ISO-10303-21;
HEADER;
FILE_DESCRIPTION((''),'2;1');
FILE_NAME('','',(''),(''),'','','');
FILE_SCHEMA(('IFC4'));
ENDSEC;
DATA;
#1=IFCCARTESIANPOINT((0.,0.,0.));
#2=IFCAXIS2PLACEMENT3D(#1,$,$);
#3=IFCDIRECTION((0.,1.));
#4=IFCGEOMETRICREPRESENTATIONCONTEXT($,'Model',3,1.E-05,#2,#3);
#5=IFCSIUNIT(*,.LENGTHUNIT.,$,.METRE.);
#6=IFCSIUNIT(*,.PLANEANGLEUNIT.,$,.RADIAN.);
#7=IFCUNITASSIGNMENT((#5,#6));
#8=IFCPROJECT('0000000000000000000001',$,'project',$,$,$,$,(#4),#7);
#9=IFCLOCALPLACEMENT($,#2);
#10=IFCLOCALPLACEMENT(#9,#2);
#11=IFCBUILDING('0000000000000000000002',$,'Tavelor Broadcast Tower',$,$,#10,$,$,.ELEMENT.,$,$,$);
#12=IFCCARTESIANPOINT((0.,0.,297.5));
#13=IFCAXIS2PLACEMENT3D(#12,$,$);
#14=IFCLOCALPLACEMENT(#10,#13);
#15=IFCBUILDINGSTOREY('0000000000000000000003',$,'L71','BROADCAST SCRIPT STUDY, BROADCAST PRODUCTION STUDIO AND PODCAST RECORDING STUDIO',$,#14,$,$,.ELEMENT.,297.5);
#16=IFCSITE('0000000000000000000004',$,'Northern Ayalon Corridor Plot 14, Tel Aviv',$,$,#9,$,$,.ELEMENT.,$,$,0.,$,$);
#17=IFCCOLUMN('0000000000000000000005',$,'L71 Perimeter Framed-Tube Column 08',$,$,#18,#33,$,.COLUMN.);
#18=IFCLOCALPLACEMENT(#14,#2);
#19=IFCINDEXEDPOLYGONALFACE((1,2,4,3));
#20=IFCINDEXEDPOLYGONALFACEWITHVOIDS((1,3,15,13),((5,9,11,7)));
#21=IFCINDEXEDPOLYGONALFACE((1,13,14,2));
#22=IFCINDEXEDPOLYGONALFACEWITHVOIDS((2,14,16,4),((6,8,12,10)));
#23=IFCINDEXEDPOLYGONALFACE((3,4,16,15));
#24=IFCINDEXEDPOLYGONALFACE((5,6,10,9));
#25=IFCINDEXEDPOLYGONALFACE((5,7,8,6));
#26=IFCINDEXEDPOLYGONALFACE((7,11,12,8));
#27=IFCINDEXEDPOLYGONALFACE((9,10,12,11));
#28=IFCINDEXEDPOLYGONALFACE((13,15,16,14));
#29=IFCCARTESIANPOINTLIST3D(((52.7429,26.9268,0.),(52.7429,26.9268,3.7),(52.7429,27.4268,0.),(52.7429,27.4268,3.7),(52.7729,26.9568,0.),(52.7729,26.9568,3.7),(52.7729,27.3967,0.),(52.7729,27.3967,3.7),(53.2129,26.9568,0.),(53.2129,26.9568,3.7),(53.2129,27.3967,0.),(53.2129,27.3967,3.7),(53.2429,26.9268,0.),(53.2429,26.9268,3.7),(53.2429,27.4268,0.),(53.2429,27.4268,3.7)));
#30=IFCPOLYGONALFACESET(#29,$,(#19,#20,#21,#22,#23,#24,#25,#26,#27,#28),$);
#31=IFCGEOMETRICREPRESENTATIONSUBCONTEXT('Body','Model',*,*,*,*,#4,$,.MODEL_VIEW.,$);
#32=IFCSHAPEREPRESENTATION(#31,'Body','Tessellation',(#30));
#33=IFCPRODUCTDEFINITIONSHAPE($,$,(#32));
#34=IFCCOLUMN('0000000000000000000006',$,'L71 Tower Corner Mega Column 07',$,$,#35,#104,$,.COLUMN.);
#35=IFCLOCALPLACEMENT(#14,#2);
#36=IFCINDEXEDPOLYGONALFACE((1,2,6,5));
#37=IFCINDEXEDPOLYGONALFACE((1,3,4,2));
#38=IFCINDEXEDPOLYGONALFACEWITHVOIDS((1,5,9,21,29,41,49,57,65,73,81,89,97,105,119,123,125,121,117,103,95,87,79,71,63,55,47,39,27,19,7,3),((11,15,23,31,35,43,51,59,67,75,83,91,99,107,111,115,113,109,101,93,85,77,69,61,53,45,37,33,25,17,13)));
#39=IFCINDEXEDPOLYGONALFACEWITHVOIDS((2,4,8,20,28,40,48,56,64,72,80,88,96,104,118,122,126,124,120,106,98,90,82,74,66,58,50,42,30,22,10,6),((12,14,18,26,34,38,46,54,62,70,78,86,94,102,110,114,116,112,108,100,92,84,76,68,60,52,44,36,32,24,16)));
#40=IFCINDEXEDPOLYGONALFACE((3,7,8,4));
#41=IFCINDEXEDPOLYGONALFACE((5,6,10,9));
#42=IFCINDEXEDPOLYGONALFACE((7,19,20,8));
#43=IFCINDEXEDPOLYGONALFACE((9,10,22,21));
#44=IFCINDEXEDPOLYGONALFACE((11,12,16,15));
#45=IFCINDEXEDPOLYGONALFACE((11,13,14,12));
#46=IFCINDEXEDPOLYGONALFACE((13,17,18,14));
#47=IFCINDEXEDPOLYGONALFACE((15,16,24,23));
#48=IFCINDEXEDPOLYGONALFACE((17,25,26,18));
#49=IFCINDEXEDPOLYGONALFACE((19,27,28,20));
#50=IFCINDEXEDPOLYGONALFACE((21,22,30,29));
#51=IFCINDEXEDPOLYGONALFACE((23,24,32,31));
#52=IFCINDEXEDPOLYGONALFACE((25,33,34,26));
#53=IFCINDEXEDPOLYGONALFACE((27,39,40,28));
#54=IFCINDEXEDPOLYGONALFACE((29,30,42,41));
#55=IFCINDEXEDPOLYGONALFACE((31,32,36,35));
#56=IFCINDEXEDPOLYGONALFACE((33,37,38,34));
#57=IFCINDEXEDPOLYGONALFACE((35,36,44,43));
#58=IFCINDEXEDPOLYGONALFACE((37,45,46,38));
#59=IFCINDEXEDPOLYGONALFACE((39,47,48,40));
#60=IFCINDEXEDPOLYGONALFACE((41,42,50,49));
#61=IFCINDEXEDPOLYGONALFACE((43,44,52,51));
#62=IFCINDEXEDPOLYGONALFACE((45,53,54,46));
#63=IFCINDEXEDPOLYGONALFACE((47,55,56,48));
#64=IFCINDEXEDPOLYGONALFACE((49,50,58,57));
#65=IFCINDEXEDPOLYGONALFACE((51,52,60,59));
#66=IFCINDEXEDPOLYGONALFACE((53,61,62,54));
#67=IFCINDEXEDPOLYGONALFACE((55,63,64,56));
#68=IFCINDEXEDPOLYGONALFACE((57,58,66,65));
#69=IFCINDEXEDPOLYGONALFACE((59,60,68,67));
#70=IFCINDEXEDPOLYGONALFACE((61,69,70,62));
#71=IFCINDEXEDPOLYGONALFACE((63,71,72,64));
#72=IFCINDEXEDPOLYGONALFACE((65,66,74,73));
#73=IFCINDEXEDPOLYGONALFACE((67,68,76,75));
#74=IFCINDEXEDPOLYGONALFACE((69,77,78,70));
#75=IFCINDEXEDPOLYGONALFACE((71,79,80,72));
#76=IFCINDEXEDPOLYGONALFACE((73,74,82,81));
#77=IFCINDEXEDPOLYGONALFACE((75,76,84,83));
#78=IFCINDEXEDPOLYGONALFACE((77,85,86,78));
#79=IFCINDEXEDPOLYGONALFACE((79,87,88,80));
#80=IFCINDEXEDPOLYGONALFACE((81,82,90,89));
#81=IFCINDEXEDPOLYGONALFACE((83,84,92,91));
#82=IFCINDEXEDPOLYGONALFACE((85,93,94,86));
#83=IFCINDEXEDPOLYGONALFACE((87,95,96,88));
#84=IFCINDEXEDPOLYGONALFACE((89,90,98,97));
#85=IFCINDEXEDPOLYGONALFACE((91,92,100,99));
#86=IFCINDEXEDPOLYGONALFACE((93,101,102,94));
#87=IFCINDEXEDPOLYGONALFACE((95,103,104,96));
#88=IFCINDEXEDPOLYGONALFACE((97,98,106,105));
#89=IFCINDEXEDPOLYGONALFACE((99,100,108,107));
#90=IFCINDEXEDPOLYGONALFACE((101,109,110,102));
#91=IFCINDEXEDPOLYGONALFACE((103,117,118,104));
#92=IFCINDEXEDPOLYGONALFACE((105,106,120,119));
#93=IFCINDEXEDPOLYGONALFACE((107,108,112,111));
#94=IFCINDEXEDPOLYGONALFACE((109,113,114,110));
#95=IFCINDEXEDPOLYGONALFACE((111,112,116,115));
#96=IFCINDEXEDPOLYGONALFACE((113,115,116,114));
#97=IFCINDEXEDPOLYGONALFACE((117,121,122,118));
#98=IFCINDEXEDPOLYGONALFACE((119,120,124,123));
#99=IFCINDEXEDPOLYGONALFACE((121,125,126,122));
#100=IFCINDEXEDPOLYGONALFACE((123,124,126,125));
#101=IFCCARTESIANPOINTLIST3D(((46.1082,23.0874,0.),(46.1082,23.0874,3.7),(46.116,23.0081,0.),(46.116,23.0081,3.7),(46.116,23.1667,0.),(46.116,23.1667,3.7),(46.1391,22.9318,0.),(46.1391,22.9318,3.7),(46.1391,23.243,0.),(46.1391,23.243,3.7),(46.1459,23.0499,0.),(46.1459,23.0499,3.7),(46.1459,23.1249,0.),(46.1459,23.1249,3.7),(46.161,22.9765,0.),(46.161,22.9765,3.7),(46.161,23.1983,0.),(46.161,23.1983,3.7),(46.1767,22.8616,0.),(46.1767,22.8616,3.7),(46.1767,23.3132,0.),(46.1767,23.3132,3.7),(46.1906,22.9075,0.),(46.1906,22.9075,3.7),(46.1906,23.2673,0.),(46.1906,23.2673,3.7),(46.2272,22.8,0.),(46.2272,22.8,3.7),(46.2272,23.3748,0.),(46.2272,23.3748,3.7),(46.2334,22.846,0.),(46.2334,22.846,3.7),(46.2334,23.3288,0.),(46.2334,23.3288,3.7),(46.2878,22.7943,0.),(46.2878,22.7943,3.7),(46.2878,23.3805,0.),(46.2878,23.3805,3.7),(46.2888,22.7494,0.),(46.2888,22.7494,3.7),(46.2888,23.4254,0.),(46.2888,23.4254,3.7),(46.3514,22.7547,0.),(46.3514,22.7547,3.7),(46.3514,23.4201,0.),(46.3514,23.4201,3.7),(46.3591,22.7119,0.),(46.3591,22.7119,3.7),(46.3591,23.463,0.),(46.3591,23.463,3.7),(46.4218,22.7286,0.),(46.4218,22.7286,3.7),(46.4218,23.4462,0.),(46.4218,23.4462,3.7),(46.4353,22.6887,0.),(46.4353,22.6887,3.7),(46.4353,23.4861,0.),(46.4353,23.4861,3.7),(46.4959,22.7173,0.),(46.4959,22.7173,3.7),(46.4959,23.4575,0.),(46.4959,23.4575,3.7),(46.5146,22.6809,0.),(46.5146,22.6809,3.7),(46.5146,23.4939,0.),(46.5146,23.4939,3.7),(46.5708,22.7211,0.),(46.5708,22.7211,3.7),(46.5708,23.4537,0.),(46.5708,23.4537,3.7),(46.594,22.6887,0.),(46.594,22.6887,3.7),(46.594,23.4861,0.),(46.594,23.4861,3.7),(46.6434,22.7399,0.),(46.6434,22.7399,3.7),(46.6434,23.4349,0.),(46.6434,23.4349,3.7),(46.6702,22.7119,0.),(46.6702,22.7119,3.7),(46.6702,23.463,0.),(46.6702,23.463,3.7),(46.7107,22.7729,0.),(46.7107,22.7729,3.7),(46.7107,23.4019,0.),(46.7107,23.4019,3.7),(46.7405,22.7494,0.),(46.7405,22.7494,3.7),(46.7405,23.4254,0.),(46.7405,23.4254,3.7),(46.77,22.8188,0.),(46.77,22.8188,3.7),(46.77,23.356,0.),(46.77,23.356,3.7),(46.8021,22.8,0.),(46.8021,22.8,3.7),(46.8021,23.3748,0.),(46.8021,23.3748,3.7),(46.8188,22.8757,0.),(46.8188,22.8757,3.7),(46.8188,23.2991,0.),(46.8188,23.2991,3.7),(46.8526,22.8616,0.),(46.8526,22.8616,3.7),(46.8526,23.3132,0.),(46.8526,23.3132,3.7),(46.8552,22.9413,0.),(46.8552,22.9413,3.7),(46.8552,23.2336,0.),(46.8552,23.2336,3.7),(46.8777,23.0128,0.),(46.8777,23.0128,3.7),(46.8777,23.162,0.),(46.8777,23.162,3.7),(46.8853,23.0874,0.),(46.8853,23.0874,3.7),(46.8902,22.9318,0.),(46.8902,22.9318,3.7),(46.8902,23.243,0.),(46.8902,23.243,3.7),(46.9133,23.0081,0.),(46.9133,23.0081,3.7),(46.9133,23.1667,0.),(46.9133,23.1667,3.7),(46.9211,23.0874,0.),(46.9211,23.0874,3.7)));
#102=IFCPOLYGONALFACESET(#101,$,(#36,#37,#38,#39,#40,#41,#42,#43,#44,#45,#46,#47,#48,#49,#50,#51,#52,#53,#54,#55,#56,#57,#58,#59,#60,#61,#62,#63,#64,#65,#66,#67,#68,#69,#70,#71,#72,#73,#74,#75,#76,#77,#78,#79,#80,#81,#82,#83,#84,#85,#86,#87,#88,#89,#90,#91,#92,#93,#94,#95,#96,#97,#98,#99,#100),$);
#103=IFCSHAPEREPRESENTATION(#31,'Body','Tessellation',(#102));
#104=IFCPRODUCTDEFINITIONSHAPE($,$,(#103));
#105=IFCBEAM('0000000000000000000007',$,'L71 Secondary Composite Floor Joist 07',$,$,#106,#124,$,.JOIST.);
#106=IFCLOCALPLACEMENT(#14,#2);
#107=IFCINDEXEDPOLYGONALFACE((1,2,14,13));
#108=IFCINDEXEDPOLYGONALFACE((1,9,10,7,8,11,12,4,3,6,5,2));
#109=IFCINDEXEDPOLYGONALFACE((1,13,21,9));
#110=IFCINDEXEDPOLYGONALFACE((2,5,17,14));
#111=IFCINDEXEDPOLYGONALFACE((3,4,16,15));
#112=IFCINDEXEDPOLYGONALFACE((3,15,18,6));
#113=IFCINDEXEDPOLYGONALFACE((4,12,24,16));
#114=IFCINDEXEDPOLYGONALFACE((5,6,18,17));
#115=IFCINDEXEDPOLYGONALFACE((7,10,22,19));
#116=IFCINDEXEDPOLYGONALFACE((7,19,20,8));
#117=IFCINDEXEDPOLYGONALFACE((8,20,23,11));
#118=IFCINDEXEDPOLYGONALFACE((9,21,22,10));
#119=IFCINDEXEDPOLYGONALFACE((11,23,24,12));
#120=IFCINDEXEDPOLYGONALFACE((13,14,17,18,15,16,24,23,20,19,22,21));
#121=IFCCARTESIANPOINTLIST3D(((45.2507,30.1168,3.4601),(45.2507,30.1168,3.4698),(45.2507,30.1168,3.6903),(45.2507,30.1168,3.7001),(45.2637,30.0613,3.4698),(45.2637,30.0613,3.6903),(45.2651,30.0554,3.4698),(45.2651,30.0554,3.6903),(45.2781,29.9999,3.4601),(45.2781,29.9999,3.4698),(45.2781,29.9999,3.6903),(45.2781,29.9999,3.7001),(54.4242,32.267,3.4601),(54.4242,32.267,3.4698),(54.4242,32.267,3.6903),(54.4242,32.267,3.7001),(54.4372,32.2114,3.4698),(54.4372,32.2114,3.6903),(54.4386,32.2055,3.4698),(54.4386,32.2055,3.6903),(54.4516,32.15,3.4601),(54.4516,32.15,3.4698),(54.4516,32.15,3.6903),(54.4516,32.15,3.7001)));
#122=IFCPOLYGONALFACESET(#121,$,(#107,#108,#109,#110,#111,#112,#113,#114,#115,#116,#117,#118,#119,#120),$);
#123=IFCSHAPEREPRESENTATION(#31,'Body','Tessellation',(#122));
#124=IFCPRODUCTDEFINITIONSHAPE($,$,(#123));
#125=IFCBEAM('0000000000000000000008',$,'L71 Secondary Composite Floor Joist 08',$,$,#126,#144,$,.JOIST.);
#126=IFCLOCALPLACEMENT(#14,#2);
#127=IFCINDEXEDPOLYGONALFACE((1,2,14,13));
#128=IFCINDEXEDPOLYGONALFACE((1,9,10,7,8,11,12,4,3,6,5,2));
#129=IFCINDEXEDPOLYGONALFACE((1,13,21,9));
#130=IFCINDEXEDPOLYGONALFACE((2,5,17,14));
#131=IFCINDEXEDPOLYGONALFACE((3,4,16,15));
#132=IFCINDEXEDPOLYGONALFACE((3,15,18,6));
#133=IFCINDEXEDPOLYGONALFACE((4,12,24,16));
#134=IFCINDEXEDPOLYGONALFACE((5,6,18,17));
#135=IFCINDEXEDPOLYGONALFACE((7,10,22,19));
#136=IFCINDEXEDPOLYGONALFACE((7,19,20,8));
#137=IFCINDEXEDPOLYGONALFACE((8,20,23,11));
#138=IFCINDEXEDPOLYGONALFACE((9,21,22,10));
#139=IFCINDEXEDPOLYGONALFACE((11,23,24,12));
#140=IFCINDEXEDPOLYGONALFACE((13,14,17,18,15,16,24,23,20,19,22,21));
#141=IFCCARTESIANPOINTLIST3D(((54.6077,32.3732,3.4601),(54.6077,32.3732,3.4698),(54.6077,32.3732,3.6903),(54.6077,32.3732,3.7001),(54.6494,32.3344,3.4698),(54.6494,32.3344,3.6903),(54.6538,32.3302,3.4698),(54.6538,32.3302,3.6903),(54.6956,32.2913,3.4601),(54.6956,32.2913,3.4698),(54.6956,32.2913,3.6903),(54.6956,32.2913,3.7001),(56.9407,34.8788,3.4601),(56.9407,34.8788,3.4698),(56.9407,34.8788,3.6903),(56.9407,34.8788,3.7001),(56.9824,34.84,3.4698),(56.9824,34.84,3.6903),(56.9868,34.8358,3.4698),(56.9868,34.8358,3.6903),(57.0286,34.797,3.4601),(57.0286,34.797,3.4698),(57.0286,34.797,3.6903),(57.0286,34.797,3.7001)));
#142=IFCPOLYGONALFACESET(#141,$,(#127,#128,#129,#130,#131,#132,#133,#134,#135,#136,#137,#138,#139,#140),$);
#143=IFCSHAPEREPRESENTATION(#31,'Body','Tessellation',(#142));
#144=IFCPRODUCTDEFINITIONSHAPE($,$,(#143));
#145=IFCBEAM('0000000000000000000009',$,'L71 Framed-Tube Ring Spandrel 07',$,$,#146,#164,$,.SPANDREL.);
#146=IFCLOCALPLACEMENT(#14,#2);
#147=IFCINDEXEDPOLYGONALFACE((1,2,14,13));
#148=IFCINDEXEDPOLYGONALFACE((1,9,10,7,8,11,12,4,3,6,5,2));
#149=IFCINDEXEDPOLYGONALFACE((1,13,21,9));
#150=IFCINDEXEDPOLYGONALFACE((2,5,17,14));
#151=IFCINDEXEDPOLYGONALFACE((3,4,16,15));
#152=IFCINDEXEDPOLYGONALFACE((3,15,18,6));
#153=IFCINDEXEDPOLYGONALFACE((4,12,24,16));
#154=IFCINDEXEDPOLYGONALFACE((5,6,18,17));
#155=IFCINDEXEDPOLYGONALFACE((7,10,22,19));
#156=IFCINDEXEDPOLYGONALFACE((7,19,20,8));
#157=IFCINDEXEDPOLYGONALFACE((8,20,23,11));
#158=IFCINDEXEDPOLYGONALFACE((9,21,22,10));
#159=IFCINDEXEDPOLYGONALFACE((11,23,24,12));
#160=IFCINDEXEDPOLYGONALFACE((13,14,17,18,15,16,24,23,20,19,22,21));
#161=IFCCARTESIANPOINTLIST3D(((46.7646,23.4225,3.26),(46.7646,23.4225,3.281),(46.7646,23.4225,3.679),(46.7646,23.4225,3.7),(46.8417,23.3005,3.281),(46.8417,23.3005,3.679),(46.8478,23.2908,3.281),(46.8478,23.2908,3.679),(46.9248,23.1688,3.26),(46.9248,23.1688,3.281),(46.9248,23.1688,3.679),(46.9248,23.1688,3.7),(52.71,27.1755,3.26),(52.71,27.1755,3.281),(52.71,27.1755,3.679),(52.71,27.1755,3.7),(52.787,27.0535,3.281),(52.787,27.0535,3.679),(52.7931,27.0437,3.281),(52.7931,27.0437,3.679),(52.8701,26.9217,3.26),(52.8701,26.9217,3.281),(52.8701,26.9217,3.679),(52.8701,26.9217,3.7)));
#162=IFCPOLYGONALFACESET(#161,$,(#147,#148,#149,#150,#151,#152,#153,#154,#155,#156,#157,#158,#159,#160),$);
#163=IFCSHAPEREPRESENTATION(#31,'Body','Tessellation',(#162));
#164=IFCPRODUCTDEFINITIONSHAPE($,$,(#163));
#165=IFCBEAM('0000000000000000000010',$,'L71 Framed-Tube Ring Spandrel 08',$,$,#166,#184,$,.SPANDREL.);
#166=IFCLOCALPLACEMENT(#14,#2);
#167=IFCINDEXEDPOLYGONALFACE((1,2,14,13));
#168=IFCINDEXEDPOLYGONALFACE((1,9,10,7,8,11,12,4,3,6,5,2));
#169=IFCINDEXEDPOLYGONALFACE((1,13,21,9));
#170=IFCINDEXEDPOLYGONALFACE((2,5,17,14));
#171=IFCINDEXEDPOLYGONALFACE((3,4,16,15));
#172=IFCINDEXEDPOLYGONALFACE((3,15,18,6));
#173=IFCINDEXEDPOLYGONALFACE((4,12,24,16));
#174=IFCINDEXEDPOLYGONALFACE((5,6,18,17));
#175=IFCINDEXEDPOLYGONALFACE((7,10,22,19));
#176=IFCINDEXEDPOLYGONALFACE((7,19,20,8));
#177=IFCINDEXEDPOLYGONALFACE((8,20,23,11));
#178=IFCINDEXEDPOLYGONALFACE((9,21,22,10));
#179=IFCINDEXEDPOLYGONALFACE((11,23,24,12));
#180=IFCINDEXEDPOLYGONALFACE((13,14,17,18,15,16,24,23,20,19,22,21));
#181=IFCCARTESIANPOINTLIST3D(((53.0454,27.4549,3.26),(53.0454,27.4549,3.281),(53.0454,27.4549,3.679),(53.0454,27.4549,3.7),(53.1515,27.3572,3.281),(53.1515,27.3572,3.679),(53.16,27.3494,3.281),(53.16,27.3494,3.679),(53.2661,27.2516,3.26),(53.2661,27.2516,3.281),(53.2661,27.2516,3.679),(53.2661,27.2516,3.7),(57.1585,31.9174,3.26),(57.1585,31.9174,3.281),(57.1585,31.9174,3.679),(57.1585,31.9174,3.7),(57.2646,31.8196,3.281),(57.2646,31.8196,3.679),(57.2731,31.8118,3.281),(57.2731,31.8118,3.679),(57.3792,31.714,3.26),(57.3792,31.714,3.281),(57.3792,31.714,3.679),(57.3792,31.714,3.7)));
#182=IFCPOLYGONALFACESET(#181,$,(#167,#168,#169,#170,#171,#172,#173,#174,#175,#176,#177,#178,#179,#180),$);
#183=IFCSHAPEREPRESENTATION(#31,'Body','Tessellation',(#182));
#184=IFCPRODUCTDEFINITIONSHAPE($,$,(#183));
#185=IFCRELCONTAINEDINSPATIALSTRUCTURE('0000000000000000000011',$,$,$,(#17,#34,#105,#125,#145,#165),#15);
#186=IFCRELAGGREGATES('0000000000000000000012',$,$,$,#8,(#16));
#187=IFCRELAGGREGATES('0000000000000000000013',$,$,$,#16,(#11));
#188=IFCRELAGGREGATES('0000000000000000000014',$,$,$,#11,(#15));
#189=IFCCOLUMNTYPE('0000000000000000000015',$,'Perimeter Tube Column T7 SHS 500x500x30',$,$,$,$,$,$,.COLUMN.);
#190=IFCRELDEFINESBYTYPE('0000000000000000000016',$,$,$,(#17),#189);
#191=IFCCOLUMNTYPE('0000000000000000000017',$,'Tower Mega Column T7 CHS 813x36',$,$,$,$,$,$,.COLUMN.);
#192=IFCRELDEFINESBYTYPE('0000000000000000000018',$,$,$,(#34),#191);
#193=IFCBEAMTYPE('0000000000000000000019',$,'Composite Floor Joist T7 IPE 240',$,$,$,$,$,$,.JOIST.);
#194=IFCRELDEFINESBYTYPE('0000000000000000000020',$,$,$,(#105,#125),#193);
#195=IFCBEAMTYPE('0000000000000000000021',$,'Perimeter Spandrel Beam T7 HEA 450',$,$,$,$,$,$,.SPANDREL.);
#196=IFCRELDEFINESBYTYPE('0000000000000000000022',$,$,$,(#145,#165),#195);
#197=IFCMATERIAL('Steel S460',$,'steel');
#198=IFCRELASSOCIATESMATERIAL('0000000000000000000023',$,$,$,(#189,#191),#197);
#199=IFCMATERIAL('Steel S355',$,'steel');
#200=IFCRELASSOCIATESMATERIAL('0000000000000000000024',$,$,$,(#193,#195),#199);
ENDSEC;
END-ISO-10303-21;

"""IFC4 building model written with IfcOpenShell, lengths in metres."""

from ifc_helpers import new_model, si_unit, direction, frame, origin, origin_2d, place, context, subcontext, project, spatial, hollow_rectangle, hollow_circle, i_section, extrude, material, material_profile, profile_set, type_object, element, save


model = new_model("IFC4")

# Units and contexts
model_context = context("Model", 3, precision=1e-05, world=origin(), true_north=direction((0.0, 1.0)))
body_context = subcontext(model_context, "Body", "Model", "MODEL_VIEW")
ifc_project = project(units=[si_unit("LENGTHUNIT", "METRE"), si_unit("PLANEANGLEUNIT", "RADIAN")], contexts=[model_context])

# Site, building, storey
site_placement = place(None, origin())
site = spatial("IfcSite", under=ifc_project, at=site_placement, Name="Northern Ayalon Corridor Plot 14, Tel Aviv", CompositionType="ELEMENT", RefElevation=0.0)
building_placement = place(site_placement, origin())
building = spatial("IfcBuilding", under=site, at=building_placement, Name="Tavelor Broadcast Tower", CompositionType="ELEMENT")
storey_placement = place(building_placement, frame((0.0, 0.0, 297.5)))
storey = spatial("IfcBuildingStorey", under=building, at=storey_placement, Name="L71", Description="BROADCAST SCRIPT STUDY, BROADCAST PRODUCTION STUDIO AND PODCAST RECORDING STUDIO", CompositionType="ELEMENT", Elevation=297.5)

# Columns
ifc_material_1 = material(Name="Steel S460", Category="steel")
ifc_material_profile_1 = material_profile(ifc_material_1, hollow_rectangle(XDim=0.5, YDim=0.5, WallThickness=0.03, at=origin_2d()), Name="SHS 500x500x30")
ifc_profile_set_1 = profile_set([ifc_material_profile_1], Name="Steel S460")
column_type_1 = type_object("IfcColumnType", Name="Perimeter Tube Column T7 SHS 500x500x30", PredefinedType="COLUMN", material=ifc_profile_set_1)
column_1_placement = place(storey_placement, frame((52.9929, 27.1768, 0.0), z_axis=(0.0, 0.0, 1.0), x_axis=(1.0, 0.0, 0.0)))
element("IfcColumn", 1, at=column_1_placement, inside=storey, type_object=column_type_1, Name="L71 Perimeter Framed-Tube Column 08", PredefinedType="COLUMN", context=body_context, shape_type="SweptSolid", body=[
    extrude(hollow_rectangle(XDim=0.5, YDim=0.5, WallThickness=0.03, at=origin_2d()), origin(), (0.0, 0.0, 1.0), 3.7),
])
ifc_material_profile_2 = material_profile(ifc_material_1, hollow_circle(Radius=0.4065, WallThickness=0.0359, at=origin_2d()), Name="CHS 813x36")
ifc_profile_set_2 = profile_set([ifc_material_profile_2], Name="Steel S460")
column_type_2 = type_object("IfcColumnType", Name="Tower Mega Column T7 CHS 813x36", PredefinedType="COLUMN", material=ifc_profile_set_2)
column_2_placement = place(storey_placement, frame((46.5146, 23.0874, 0.0), z_axis=(0.0, 0.0, 1.0), x_axis=(1.0, 0.0, 0.0)))
element("IfcColumn", 2, at=column_2_placement, inside=storey, type_object=column_type_2, Name="L71 Tower Corner Mega Column 07", PredefinedType="COLUMN", context=body_context, shape_type="SweptSolid", body=[
    extrude(hollow_circle(Radius=0.4065, WallThickness=0.0359, at=origin_2d()), origin(), (0.0, 0.0, 1.0), 3.7),
])

# Beams
ifc_material_2 = material(Name="Steel S355", Category="steel")
ifc_material_profile_3 = material_profile(ifc_material_2, i_section(OverallWidth=0.1201, OverallDepth=0.24, WebThickness=0.0061, FlangeThickness=0.0098, at=origin_2d()), Name="IPE 240")
ifc_profile_set_3 = profile_set([ifc_material_profile_3], Name="Steel S355")
beam_type_1 = type_object("IfcBeamType", Name="Composite Floor Joist T7 IPE 240", PredefinedType="JOIST", material=ifc_profile_set_3)
beam_1_placement = place(storey_placement, frame((45.2644, 30.0583, 3.5801), z_axis=(0.973614, 0.2282, 0.0), x_axis=(-0.2282, 0.973614, 0.0)))
element("IfcBeam", 3, at=beam_1_placement, inside=storey, type_object=beam_type_1, Name="L71 Secondary Composite Floor Joist 07", PredefinedType="JOIST", context=body_context, shape_type="SweptSolid", body=[
    extrude(i_section(OverallWidth=0.1201, OverallDepth=0.24, WebThickness=0.0061, FlangeThickness=0.0098, at=origin_2d()), origin(), (0.0, 0.0, 1.0), 9.4221),
])
beam_2_placement = place(storey_placement, frame((54.6516, 32.3323, 3.5801), z_axis=(0.681449, 0.731866, 0.0), x_axis=(-0.731866, 0.681449, 0.0)))
element("IfcBeam", 4, at=beam_2_placement, inside=storey, type_object=beam_type_1, Name="L71 Secondary Composite Floor Joist 08", PredefinedType="JOIST", context=body_context, shape_type="SweptSolid", body=[
    extrude(i_section(OverallWidth=0.1201, OverallDepth=0.24, WebThickness=0.0061, FlangeThickness=0.0098, at=origin_2d()), origin(), (0.0, 0.0, 1.0), 3.4236),
])
ifc_material_profile_4 = material_profile(ifc_material_2, i_section(OverallWidth=0.3, OverallDepth=0.4399, WebThickness=0.0115, FlangeThickness=0.021, at=origin_2d()), Name="HEA 450")
ifc_profile_set_4 = profile_set([ifc_material_profile_4], Name="Steel S355")
beam_type_2 = type_object("IfcBeamType", Name="Perimeter Spandrel Beam T7 HEA 450", PredefinedType="SPANDREL", material=ifc_profile_set_4)
beam_3_placement = place(storey_placement, frame((46.8447, 23.2957, 3.48), z_axis=(0.845618, 0.533789, 0.0), x_axis=(-0.533789, 0.845618, 0.0)))
element("IfcBeam", 5, at=beam_3_placement, inside=storey, type_object=beam_type_2, Name="L71 Framed-Tube Ring Spandrel 07", PredefinedType="SPANDREL", context=body_context, shape_type="SweptSolid", body=[
    extrude(i_section(OverallWidth=0.3, OverallDepth=0.4399, WebThickness=0.0115, FlangeThickness=0.021, at=origin_2d()), origin(), (0.0, 0.0, 1.0), 7.0308),
])
beam_4_placement = place(storey_placement, frame((53.1558, 27.3533, 3.48), z_axis=(0.677737, 0.735304, 0.0), x_axis=(-0.735304, 0.677737, 0.0)))
element("IfcBeam", 6, at=beam_4_placement, inside=storey, type_object=beam_type_2, Name="L71 Framed-Tube Ring Spandrel 08", PredefinedType="SPANDREL", context=body_context, shape_type="SweptSolid", body=[
    extrude(i_section(OverallWidth=0.3, OverallDepth=0.4399, WebThickness=0.0115, FlangeThickness=0.021, at=origin_2d()), origin(), (0.0, 0.0, 1.0), 6.0688),
])

save(model, "model.ifc")
